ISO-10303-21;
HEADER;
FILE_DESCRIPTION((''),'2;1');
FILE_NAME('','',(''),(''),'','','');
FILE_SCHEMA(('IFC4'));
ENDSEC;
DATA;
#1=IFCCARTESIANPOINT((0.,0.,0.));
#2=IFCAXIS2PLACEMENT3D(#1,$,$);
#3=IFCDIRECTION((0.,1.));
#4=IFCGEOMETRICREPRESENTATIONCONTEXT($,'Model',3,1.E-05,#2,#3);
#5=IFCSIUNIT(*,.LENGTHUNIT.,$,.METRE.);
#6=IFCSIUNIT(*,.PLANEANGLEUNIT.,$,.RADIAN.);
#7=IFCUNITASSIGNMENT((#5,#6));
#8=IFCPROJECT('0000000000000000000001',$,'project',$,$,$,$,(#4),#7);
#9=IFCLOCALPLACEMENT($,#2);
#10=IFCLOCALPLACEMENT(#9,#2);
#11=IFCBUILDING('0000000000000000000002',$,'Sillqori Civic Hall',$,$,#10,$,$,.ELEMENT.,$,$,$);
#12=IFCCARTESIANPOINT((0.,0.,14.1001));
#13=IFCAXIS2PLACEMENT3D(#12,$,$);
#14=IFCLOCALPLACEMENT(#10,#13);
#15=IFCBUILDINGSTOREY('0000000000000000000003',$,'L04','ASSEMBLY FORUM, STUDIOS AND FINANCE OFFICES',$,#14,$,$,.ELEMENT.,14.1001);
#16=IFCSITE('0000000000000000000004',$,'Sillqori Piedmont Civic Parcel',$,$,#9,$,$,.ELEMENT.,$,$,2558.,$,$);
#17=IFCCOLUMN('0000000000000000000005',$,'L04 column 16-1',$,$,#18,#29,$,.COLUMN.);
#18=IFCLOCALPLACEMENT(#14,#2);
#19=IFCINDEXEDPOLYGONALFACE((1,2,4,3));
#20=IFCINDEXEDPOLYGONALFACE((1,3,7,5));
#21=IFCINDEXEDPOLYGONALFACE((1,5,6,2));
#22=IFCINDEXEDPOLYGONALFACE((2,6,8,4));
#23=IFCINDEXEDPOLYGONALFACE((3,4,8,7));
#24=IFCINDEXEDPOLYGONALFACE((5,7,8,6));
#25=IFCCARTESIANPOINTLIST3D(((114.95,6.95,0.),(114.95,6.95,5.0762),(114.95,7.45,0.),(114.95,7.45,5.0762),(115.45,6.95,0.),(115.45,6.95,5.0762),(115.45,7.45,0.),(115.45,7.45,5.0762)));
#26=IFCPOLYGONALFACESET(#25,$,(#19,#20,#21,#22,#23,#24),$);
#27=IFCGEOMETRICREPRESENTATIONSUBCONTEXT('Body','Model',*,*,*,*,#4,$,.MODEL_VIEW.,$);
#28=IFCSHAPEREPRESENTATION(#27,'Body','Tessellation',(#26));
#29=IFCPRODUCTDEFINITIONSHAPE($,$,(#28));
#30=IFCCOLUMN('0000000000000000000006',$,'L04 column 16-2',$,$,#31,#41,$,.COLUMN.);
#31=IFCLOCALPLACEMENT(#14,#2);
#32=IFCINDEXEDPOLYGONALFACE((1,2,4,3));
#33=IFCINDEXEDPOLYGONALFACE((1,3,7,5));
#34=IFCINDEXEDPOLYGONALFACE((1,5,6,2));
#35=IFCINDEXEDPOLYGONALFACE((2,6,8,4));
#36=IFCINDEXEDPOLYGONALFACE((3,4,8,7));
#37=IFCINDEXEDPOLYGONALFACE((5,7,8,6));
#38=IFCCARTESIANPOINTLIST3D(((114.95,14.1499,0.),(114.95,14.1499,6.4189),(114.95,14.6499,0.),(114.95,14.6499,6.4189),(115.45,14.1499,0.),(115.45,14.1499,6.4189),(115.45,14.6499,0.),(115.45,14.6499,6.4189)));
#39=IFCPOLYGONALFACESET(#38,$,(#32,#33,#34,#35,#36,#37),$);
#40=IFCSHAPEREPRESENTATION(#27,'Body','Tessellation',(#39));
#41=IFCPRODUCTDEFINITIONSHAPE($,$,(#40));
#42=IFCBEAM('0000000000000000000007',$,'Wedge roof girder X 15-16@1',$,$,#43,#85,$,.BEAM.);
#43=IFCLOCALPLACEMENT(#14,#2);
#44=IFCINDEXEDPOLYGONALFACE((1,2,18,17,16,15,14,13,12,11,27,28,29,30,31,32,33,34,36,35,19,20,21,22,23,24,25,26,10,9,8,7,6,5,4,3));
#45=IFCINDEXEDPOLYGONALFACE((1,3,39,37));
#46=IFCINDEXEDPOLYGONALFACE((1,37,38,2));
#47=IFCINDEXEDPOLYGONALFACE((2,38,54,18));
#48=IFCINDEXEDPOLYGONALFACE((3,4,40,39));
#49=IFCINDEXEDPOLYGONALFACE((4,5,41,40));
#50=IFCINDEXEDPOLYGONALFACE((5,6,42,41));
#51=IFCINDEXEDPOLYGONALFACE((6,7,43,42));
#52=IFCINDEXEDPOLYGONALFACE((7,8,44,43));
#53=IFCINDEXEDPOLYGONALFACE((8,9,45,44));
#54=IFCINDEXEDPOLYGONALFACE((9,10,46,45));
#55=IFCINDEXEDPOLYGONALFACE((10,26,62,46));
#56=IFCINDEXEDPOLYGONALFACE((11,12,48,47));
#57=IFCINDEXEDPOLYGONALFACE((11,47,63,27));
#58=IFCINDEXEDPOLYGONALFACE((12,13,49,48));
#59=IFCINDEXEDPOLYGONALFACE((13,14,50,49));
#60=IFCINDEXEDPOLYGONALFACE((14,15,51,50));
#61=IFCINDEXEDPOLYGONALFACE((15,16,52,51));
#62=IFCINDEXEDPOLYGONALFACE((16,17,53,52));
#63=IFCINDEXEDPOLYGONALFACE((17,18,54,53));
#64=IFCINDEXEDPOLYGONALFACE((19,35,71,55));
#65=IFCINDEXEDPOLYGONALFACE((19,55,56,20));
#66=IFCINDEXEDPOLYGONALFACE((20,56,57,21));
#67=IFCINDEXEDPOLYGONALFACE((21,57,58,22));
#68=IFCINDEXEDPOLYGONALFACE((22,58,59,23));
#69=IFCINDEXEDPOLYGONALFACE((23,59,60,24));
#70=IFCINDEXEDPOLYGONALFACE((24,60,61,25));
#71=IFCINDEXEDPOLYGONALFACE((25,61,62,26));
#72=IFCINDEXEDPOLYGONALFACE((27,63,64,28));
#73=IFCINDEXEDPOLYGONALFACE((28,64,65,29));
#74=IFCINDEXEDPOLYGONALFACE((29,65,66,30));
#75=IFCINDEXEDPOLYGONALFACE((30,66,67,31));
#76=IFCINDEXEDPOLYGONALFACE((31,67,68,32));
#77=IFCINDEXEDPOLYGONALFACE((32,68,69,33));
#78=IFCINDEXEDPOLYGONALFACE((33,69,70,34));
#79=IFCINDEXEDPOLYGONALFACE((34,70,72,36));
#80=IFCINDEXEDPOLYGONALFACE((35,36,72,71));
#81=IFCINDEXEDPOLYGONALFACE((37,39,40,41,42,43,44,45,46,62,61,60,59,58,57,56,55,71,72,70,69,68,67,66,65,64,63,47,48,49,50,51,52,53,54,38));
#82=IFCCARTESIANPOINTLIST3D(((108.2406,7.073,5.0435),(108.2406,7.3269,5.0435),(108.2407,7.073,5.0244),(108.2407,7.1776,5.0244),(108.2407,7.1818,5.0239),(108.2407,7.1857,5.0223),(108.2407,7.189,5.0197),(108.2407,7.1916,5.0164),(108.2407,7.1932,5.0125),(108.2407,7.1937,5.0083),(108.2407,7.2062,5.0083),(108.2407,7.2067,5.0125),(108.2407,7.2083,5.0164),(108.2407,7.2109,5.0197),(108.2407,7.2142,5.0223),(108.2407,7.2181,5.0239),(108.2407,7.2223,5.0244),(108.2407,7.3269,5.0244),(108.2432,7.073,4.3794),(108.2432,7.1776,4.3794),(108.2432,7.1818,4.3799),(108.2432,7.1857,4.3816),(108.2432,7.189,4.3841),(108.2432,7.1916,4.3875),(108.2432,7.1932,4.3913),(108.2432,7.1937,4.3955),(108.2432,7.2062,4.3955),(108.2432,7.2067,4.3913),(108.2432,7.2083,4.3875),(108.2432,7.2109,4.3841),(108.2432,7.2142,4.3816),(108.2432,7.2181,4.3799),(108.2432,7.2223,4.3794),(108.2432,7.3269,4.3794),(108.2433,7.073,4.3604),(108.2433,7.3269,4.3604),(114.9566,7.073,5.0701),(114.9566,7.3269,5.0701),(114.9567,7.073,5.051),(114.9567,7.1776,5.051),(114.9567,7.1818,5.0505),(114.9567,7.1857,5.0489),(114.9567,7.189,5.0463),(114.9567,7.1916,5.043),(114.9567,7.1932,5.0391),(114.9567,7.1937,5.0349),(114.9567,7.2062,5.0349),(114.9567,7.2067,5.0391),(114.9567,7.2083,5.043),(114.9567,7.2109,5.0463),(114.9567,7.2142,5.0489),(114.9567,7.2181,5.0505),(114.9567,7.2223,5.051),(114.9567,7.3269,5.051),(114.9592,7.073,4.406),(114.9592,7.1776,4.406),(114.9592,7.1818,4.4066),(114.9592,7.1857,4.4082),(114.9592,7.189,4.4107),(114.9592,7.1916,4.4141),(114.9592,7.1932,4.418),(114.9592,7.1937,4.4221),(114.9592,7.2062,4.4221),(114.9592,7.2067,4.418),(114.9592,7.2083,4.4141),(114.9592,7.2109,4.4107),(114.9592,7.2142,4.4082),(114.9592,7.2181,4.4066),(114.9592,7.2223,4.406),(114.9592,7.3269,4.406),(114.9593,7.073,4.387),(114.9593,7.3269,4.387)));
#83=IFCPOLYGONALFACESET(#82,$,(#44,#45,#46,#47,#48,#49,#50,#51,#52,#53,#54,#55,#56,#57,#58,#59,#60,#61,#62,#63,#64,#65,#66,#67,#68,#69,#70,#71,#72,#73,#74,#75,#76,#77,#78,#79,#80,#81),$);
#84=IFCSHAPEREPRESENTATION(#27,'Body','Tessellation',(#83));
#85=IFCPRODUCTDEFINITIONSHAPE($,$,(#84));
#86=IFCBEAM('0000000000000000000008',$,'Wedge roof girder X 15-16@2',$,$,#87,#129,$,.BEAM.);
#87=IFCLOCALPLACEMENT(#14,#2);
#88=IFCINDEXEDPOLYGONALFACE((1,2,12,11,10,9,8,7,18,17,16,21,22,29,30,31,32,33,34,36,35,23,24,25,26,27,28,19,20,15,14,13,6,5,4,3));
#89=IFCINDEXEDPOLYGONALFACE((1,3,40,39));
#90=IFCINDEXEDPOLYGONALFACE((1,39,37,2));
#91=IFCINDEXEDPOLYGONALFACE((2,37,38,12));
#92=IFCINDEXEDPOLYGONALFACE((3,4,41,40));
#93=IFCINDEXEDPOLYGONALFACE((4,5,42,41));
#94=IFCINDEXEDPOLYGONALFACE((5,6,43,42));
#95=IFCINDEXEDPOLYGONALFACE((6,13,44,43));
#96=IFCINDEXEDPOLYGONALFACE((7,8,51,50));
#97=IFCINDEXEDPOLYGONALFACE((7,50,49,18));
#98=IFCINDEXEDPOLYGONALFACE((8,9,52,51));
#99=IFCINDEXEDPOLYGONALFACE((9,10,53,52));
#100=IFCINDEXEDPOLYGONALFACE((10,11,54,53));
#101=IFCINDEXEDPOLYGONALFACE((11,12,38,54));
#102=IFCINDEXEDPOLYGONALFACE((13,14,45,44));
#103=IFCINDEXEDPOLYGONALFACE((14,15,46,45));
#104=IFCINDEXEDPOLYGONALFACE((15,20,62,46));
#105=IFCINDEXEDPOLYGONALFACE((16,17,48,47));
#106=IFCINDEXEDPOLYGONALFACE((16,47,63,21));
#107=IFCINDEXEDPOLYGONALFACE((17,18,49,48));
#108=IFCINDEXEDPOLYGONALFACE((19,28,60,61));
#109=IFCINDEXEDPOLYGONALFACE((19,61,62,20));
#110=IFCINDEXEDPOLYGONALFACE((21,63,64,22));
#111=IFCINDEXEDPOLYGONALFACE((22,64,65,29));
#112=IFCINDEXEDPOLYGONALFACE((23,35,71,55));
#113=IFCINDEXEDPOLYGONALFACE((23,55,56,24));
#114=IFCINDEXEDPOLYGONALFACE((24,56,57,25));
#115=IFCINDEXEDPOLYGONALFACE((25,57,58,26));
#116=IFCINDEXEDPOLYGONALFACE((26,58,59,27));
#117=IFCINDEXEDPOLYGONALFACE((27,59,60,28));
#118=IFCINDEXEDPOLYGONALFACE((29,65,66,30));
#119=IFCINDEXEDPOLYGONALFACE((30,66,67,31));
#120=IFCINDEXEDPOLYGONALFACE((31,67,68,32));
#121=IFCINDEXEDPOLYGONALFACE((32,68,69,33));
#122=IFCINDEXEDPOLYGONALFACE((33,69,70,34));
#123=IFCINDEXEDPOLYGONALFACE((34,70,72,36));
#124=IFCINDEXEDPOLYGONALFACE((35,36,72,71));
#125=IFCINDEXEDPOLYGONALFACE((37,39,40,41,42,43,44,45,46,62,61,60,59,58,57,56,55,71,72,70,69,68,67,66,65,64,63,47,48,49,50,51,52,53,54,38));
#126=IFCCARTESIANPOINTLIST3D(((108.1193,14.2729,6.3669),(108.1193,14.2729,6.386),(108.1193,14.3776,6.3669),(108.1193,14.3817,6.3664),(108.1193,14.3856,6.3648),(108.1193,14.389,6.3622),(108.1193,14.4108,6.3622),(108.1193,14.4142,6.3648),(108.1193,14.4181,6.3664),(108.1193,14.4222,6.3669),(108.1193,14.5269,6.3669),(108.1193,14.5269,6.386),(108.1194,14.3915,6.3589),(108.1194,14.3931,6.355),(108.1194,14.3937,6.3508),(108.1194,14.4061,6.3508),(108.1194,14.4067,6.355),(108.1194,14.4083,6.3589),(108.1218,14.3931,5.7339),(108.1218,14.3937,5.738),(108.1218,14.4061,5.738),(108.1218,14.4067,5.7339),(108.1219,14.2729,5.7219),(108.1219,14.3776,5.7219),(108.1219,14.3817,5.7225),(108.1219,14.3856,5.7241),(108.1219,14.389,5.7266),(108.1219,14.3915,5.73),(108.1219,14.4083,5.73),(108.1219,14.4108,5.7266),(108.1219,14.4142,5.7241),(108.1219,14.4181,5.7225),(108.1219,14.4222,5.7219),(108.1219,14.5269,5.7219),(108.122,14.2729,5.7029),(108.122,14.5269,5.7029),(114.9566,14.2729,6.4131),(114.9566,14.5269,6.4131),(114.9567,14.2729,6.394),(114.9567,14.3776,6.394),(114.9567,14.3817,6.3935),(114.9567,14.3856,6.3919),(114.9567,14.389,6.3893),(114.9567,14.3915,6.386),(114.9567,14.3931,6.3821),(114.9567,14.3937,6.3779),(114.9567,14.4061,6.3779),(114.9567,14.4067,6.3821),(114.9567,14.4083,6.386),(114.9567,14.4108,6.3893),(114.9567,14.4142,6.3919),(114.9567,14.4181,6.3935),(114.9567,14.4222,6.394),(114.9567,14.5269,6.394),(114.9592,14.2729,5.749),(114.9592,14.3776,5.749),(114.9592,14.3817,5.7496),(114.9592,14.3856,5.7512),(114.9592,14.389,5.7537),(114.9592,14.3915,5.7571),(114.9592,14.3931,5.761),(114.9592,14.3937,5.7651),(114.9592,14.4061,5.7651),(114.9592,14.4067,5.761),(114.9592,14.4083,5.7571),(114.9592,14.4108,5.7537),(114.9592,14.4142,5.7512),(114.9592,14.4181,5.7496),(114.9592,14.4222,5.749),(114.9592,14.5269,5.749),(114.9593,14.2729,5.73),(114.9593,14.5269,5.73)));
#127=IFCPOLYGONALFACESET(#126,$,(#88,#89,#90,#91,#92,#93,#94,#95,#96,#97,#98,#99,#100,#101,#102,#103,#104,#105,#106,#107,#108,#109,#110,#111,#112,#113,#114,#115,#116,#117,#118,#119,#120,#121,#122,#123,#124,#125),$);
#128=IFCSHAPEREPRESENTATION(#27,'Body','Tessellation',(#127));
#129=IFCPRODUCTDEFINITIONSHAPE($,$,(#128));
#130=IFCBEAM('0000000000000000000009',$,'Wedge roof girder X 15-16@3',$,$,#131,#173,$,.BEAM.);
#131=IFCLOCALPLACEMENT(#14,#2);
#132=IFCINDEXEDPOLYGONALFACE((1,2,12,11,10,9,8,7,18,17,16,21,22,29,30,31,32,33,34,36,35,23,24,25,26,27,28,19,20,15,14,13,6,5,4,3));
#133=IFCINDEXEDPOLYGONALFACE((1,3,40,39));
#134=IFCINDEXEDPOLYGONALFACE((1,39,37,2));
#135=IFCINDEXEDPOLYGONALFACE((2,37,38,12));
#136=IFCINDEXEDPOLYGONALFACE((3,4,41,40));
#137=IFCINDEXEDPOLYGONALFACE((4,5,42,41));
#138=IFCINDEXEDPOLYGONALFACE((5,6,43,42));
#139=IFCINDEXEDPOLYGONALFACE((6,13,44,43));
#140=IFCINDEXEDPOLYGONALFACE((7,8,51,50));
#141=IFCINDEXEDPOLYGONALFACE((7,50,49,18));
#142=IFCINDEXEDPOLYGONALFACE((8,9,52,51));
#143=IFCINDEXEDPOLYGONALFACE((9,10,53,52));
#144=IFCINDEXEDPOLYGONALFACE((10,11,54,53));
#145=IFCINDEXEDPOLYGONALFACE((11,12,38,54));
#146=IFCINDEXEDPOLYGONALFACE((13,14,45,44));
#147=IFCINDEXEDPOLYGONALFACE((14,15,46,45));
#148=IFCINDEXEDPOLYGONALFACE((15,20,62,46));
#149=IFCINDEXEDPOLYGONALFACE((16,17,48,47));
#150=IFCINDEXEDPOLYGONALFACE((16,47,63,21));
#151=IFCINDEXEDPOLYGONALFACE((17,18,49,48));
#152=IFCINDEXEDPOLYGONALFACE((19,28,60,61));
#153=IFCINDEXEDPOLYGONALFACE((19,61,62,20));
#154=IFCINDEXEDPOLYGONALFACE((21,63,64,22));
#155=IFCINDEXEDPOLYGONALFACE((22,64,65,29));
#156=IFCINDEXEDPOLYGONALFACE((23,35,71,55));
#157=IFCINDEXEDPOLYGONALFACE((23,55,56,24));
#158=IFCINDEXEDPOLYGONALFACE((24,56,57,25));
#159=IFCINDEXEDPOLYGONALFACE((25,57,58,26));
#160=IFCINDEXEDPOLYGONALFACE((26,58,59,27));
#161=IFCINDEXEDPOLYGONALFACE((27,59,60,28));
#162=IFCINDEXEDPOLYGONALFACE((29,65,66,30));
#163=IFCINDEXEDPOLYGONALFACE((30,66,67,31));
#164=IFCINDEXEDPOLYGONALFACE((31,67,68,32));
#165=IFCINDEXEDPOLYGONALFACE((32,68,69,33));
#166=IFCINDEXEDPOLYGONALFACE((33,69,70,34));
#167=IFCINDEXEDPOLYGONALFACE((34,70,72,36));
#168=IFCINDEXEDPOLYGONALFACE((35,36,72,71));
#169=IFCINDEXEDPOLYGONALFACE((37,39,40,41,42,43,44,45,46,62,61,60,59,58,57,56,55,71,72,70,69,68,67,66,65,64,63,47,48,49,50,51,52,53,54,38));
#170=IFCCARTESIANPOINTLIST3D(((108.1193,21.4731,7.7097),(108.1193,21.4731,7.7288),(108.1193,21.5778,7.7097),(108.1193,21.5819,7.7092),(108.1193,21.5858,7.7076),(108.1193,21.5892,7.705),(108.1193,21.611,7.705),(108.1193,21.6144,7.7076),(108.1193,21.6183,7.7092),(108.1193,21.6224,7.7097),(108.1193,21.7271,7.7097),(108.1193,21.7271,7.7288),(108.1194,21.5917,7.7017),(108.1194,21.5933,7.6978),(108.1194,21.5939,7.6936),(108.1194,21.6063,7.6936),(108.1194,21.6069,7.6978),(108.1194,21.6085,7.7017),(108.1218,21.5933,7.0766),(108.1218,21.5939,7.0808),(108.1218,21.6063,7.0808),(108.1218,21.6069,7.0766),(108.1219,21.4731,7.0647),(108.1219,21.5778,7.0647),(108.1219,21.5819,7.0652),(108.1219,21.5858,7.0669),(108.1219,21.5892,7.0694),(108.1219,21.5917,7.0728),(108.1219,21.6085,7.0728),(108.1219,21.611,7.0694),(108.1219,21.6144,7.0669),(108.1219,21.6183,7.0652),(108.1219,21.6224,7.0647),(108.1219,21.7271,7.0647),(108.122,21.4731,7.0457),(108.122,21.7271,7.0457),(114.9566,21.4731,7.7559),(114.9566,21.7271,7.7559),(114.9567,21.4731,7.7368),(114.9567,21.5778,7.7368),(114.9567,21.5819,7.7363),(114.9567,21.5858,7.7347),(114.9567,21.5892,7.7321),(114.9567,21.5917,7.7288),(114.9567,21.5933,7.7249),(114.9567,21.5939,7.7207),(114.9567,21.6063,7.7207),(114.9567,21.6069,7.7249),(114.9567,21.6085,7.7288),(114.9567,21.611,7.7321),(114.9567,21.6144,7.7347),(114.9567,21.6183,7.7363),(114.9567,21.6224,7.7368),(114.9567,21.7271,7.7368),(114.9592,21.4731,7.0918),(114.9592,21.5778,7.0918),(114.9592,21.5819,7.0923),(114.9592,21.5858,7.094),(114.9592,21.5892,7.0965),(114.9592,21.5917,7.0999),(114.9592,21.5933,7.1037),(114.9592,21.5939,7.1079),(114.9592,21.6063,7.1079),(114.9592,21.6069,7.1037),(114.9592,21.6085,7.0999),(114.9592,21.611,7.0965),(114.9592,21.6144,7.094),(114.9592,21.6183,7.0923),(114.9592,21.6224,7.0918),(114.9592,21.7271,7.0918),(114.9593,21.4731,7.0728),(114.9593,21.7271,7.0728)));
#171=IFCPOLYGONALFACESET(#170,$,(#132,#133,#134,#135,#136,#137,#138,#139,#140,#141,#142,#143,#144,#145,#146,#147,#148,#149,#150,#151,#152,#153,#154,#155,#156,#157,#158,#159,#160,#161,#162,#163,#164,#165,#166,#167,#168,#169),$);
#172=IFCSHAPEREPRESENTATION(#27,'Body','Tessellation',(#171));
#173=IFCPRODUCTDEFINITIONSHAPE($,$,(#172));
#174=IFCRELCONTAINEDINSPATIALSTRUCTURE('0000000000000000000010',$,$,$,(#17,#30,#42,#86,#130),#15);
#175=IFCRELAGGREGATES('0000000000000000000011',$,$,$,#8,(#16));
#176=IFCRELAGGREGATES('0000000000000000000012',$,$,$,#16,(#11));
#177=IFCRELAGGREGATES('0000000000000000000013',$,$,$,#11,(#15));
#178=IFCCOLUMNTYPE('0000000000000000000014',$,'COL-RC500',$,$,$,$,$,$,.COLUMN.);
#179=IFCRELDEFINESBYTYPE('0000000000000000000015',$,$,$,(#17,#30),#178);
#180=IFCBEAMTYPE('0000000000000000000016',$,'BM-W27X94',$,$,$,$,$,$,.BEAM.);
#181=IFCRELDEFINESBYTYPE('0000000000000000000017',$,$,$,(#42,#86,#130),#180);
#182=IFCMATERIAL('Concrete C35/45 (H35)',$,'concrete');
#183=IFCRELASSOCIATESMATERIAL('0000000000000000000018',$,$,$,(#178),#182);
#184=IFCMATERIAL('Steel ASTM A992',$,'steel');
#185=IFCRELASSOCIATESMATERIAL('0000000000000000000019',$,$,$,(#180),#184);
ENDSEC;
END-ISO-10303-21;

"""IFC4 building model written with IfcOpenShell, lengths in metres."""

from ifc_helpers import new_model, si_unit, direction, frame, origin, origin_2d, place, context, subcontext, project, spatial, rectangle, i_section, extrude, material, material_profile, profile_set, type_object, element, save


model = new_model("IFC4")

# Units and contexts
model_context = context("Model", 3, precision=1e-05, world=origin(), true_north=direction((0.0, 1.0)))
body_context = subcontext(model_context, "Body", "Model", "MODEL_VIEW")
ifc_project = project(units=[si_unit("LENGTHUNIT", "METRE"), si_unit("PLANEANGLEUNIT", "RADIAN")], contexts=[model_context])

# Site, building, storey
site_placement = place(None, origin())
site = spatial("IfcSite", under=ifc_project, at=site_placement, Name="Sillqori Piedmont Civic Parcel", CompositionType="ELEMENT", RefElevation=2558.0)
building_placement = place(site_placement, origin())
building = spatial("IfcBuilding", under=site, at=building_placement, Name="Sillqori Civic Hall", CompositionType="ELEMENT")
storey_placement = place(building_placement, frame((0.0, 0.0, 14.1001)))
storey = spatial("IfcBuildingStorey", under=building, at=storey_placement, Name="L04", Description="ASSEMBLY FORUM, STUDIOS AND FINANCE OFFICES", CompositionType="ELEMENT", Elevation=14.1001)

# Columns
ifc_material_1 = material(Name="Concrete C35/45 (H35)", Category="concrete")
ifc_material_profile_1 = material_profile(ifc_material_1, rectangle(XDim=0.5, YDim=0.5, at=origin_2d()), Name="RC 500x500")
ifc_profile_set_1 = profile_set([ifc_material_profile_1], Name="Concrete C35/45 (H35)")
column_type = type_object("IfcColumnType", Name="COL-RC500", PredefinedType="COLUMN", material=ifc_profile_set_1)
column_1_placement = place(storey_placement, frame((115.2, 7.2, 0.0), z_axis=(0.0, 0.0, 1.0), x_axis=(1.0, 0.0, 0.0)))
element("IfcColumn", 1, at=column_1_placement, inside=storey, type_object=column_type, Name="L04 column 16-1", PredefinedType="COLUMN", context=body_context, shape_type="SweptSolid", body=[
    extrude(rectangle(XDim=0.5, YDim=0.5, at=origin_2d()), origin(), (0.0, 0.0, 1.0), 5.0762),
])
column_2_placement = place(storey_placement, frame((115.2, 14.3999, 0.0), z_axis=(0.0, 0.0, 1.0), x_axis=(1.0, 0.0, 0.0)))
element("IfcColumn", 2, at=column_2_placement, inside=storey, type_object=column_type, Name="L04 column 16-2", PredefinedType="COLUMN", context=body_context, shape_type="SweptSolid", body=[
    extrude(rectangle(XDim=0.5, YDim=0.5, at=origin_2d()), origin(), (0.0, 0.0, 1.0), 6.4189),
])

# Beams
ifc_material_2 = material(Name="Steel ASTM A992", Category="steel")
ifc_material_profile_2 = material_profile(ifc_material_2, i_section(OverallWidth=0.2539, OverallDepth=0.6831, WebThickness=0.0125, FlangeThickness=0.019, FilletRadius=0.0161, at=origin_2d()), Name="W27X94")
ifc_profile_set_2 = profile_set([ifc_material_profile_2], Name="Steel ASTM A992")
beam_type = type_object("IfcBeamType", Name="BM-W27X94", PredefinedType="BEAM", material=ifc_profile_set_2)
beam_1_placement = place(storey_placement, frame((108.2419, 7.2, 4.7019), z_axis=(0.999992, 0.0, 0.003962), x_axis=(0.0, 1.0, 0.0)))
element("IfcBeam", 3, at=beam_1_placement, inside=storey, type_object=beam_type, Name="Wedge roof girder X 15-16@1", PredefinedType="BEAM", context=body_context, shape_type="SweptSolid", body=[
    extrude(i_section(OverallWidth=0.2539, OverallDepth=0.6831, WebThickness=0.0125, FlangeThickness=0.019, FilletRadius=0.0161, at=origin_2d()), origin(), (0.0, 0.0, 1.0), 6.7161),
])
for number, where, z_axis, x_axis, name in (
    (4, (108.1206, 14.3999, 6.0444), (0.999992, 0.0, 0.003963), (0.0, 1.0, 0.0), "Wedge roof girder X 15-16@2"),
    (5, (108.1206, 21.6001, 7.3872), (0.999992, 0.0, 0.003963), (0.0, 1.0, 0.0), "Wedge roof girder X 15-16@3"),
):
    element("IfcBeam", number, at=place(storey_placement, frame(where, z_axis=z_axis, x_axis=x_axis)), inside=storey, type_object=beam_type, Name=name, PredefinedType="BEAM", context=body_context, shape_type="SweptSolid", body=[
        extrude(i_section(OverallWidth=0.2539, OverallDepth=0.6831, WebThickness=0.0125, FlangeThickness=0.019, FilletRadius=0.0161, at=origin_2d()), origin(), (0.0, 0.0, 1.0), 6.8374),
    ])

save(model, "model.ifc")
